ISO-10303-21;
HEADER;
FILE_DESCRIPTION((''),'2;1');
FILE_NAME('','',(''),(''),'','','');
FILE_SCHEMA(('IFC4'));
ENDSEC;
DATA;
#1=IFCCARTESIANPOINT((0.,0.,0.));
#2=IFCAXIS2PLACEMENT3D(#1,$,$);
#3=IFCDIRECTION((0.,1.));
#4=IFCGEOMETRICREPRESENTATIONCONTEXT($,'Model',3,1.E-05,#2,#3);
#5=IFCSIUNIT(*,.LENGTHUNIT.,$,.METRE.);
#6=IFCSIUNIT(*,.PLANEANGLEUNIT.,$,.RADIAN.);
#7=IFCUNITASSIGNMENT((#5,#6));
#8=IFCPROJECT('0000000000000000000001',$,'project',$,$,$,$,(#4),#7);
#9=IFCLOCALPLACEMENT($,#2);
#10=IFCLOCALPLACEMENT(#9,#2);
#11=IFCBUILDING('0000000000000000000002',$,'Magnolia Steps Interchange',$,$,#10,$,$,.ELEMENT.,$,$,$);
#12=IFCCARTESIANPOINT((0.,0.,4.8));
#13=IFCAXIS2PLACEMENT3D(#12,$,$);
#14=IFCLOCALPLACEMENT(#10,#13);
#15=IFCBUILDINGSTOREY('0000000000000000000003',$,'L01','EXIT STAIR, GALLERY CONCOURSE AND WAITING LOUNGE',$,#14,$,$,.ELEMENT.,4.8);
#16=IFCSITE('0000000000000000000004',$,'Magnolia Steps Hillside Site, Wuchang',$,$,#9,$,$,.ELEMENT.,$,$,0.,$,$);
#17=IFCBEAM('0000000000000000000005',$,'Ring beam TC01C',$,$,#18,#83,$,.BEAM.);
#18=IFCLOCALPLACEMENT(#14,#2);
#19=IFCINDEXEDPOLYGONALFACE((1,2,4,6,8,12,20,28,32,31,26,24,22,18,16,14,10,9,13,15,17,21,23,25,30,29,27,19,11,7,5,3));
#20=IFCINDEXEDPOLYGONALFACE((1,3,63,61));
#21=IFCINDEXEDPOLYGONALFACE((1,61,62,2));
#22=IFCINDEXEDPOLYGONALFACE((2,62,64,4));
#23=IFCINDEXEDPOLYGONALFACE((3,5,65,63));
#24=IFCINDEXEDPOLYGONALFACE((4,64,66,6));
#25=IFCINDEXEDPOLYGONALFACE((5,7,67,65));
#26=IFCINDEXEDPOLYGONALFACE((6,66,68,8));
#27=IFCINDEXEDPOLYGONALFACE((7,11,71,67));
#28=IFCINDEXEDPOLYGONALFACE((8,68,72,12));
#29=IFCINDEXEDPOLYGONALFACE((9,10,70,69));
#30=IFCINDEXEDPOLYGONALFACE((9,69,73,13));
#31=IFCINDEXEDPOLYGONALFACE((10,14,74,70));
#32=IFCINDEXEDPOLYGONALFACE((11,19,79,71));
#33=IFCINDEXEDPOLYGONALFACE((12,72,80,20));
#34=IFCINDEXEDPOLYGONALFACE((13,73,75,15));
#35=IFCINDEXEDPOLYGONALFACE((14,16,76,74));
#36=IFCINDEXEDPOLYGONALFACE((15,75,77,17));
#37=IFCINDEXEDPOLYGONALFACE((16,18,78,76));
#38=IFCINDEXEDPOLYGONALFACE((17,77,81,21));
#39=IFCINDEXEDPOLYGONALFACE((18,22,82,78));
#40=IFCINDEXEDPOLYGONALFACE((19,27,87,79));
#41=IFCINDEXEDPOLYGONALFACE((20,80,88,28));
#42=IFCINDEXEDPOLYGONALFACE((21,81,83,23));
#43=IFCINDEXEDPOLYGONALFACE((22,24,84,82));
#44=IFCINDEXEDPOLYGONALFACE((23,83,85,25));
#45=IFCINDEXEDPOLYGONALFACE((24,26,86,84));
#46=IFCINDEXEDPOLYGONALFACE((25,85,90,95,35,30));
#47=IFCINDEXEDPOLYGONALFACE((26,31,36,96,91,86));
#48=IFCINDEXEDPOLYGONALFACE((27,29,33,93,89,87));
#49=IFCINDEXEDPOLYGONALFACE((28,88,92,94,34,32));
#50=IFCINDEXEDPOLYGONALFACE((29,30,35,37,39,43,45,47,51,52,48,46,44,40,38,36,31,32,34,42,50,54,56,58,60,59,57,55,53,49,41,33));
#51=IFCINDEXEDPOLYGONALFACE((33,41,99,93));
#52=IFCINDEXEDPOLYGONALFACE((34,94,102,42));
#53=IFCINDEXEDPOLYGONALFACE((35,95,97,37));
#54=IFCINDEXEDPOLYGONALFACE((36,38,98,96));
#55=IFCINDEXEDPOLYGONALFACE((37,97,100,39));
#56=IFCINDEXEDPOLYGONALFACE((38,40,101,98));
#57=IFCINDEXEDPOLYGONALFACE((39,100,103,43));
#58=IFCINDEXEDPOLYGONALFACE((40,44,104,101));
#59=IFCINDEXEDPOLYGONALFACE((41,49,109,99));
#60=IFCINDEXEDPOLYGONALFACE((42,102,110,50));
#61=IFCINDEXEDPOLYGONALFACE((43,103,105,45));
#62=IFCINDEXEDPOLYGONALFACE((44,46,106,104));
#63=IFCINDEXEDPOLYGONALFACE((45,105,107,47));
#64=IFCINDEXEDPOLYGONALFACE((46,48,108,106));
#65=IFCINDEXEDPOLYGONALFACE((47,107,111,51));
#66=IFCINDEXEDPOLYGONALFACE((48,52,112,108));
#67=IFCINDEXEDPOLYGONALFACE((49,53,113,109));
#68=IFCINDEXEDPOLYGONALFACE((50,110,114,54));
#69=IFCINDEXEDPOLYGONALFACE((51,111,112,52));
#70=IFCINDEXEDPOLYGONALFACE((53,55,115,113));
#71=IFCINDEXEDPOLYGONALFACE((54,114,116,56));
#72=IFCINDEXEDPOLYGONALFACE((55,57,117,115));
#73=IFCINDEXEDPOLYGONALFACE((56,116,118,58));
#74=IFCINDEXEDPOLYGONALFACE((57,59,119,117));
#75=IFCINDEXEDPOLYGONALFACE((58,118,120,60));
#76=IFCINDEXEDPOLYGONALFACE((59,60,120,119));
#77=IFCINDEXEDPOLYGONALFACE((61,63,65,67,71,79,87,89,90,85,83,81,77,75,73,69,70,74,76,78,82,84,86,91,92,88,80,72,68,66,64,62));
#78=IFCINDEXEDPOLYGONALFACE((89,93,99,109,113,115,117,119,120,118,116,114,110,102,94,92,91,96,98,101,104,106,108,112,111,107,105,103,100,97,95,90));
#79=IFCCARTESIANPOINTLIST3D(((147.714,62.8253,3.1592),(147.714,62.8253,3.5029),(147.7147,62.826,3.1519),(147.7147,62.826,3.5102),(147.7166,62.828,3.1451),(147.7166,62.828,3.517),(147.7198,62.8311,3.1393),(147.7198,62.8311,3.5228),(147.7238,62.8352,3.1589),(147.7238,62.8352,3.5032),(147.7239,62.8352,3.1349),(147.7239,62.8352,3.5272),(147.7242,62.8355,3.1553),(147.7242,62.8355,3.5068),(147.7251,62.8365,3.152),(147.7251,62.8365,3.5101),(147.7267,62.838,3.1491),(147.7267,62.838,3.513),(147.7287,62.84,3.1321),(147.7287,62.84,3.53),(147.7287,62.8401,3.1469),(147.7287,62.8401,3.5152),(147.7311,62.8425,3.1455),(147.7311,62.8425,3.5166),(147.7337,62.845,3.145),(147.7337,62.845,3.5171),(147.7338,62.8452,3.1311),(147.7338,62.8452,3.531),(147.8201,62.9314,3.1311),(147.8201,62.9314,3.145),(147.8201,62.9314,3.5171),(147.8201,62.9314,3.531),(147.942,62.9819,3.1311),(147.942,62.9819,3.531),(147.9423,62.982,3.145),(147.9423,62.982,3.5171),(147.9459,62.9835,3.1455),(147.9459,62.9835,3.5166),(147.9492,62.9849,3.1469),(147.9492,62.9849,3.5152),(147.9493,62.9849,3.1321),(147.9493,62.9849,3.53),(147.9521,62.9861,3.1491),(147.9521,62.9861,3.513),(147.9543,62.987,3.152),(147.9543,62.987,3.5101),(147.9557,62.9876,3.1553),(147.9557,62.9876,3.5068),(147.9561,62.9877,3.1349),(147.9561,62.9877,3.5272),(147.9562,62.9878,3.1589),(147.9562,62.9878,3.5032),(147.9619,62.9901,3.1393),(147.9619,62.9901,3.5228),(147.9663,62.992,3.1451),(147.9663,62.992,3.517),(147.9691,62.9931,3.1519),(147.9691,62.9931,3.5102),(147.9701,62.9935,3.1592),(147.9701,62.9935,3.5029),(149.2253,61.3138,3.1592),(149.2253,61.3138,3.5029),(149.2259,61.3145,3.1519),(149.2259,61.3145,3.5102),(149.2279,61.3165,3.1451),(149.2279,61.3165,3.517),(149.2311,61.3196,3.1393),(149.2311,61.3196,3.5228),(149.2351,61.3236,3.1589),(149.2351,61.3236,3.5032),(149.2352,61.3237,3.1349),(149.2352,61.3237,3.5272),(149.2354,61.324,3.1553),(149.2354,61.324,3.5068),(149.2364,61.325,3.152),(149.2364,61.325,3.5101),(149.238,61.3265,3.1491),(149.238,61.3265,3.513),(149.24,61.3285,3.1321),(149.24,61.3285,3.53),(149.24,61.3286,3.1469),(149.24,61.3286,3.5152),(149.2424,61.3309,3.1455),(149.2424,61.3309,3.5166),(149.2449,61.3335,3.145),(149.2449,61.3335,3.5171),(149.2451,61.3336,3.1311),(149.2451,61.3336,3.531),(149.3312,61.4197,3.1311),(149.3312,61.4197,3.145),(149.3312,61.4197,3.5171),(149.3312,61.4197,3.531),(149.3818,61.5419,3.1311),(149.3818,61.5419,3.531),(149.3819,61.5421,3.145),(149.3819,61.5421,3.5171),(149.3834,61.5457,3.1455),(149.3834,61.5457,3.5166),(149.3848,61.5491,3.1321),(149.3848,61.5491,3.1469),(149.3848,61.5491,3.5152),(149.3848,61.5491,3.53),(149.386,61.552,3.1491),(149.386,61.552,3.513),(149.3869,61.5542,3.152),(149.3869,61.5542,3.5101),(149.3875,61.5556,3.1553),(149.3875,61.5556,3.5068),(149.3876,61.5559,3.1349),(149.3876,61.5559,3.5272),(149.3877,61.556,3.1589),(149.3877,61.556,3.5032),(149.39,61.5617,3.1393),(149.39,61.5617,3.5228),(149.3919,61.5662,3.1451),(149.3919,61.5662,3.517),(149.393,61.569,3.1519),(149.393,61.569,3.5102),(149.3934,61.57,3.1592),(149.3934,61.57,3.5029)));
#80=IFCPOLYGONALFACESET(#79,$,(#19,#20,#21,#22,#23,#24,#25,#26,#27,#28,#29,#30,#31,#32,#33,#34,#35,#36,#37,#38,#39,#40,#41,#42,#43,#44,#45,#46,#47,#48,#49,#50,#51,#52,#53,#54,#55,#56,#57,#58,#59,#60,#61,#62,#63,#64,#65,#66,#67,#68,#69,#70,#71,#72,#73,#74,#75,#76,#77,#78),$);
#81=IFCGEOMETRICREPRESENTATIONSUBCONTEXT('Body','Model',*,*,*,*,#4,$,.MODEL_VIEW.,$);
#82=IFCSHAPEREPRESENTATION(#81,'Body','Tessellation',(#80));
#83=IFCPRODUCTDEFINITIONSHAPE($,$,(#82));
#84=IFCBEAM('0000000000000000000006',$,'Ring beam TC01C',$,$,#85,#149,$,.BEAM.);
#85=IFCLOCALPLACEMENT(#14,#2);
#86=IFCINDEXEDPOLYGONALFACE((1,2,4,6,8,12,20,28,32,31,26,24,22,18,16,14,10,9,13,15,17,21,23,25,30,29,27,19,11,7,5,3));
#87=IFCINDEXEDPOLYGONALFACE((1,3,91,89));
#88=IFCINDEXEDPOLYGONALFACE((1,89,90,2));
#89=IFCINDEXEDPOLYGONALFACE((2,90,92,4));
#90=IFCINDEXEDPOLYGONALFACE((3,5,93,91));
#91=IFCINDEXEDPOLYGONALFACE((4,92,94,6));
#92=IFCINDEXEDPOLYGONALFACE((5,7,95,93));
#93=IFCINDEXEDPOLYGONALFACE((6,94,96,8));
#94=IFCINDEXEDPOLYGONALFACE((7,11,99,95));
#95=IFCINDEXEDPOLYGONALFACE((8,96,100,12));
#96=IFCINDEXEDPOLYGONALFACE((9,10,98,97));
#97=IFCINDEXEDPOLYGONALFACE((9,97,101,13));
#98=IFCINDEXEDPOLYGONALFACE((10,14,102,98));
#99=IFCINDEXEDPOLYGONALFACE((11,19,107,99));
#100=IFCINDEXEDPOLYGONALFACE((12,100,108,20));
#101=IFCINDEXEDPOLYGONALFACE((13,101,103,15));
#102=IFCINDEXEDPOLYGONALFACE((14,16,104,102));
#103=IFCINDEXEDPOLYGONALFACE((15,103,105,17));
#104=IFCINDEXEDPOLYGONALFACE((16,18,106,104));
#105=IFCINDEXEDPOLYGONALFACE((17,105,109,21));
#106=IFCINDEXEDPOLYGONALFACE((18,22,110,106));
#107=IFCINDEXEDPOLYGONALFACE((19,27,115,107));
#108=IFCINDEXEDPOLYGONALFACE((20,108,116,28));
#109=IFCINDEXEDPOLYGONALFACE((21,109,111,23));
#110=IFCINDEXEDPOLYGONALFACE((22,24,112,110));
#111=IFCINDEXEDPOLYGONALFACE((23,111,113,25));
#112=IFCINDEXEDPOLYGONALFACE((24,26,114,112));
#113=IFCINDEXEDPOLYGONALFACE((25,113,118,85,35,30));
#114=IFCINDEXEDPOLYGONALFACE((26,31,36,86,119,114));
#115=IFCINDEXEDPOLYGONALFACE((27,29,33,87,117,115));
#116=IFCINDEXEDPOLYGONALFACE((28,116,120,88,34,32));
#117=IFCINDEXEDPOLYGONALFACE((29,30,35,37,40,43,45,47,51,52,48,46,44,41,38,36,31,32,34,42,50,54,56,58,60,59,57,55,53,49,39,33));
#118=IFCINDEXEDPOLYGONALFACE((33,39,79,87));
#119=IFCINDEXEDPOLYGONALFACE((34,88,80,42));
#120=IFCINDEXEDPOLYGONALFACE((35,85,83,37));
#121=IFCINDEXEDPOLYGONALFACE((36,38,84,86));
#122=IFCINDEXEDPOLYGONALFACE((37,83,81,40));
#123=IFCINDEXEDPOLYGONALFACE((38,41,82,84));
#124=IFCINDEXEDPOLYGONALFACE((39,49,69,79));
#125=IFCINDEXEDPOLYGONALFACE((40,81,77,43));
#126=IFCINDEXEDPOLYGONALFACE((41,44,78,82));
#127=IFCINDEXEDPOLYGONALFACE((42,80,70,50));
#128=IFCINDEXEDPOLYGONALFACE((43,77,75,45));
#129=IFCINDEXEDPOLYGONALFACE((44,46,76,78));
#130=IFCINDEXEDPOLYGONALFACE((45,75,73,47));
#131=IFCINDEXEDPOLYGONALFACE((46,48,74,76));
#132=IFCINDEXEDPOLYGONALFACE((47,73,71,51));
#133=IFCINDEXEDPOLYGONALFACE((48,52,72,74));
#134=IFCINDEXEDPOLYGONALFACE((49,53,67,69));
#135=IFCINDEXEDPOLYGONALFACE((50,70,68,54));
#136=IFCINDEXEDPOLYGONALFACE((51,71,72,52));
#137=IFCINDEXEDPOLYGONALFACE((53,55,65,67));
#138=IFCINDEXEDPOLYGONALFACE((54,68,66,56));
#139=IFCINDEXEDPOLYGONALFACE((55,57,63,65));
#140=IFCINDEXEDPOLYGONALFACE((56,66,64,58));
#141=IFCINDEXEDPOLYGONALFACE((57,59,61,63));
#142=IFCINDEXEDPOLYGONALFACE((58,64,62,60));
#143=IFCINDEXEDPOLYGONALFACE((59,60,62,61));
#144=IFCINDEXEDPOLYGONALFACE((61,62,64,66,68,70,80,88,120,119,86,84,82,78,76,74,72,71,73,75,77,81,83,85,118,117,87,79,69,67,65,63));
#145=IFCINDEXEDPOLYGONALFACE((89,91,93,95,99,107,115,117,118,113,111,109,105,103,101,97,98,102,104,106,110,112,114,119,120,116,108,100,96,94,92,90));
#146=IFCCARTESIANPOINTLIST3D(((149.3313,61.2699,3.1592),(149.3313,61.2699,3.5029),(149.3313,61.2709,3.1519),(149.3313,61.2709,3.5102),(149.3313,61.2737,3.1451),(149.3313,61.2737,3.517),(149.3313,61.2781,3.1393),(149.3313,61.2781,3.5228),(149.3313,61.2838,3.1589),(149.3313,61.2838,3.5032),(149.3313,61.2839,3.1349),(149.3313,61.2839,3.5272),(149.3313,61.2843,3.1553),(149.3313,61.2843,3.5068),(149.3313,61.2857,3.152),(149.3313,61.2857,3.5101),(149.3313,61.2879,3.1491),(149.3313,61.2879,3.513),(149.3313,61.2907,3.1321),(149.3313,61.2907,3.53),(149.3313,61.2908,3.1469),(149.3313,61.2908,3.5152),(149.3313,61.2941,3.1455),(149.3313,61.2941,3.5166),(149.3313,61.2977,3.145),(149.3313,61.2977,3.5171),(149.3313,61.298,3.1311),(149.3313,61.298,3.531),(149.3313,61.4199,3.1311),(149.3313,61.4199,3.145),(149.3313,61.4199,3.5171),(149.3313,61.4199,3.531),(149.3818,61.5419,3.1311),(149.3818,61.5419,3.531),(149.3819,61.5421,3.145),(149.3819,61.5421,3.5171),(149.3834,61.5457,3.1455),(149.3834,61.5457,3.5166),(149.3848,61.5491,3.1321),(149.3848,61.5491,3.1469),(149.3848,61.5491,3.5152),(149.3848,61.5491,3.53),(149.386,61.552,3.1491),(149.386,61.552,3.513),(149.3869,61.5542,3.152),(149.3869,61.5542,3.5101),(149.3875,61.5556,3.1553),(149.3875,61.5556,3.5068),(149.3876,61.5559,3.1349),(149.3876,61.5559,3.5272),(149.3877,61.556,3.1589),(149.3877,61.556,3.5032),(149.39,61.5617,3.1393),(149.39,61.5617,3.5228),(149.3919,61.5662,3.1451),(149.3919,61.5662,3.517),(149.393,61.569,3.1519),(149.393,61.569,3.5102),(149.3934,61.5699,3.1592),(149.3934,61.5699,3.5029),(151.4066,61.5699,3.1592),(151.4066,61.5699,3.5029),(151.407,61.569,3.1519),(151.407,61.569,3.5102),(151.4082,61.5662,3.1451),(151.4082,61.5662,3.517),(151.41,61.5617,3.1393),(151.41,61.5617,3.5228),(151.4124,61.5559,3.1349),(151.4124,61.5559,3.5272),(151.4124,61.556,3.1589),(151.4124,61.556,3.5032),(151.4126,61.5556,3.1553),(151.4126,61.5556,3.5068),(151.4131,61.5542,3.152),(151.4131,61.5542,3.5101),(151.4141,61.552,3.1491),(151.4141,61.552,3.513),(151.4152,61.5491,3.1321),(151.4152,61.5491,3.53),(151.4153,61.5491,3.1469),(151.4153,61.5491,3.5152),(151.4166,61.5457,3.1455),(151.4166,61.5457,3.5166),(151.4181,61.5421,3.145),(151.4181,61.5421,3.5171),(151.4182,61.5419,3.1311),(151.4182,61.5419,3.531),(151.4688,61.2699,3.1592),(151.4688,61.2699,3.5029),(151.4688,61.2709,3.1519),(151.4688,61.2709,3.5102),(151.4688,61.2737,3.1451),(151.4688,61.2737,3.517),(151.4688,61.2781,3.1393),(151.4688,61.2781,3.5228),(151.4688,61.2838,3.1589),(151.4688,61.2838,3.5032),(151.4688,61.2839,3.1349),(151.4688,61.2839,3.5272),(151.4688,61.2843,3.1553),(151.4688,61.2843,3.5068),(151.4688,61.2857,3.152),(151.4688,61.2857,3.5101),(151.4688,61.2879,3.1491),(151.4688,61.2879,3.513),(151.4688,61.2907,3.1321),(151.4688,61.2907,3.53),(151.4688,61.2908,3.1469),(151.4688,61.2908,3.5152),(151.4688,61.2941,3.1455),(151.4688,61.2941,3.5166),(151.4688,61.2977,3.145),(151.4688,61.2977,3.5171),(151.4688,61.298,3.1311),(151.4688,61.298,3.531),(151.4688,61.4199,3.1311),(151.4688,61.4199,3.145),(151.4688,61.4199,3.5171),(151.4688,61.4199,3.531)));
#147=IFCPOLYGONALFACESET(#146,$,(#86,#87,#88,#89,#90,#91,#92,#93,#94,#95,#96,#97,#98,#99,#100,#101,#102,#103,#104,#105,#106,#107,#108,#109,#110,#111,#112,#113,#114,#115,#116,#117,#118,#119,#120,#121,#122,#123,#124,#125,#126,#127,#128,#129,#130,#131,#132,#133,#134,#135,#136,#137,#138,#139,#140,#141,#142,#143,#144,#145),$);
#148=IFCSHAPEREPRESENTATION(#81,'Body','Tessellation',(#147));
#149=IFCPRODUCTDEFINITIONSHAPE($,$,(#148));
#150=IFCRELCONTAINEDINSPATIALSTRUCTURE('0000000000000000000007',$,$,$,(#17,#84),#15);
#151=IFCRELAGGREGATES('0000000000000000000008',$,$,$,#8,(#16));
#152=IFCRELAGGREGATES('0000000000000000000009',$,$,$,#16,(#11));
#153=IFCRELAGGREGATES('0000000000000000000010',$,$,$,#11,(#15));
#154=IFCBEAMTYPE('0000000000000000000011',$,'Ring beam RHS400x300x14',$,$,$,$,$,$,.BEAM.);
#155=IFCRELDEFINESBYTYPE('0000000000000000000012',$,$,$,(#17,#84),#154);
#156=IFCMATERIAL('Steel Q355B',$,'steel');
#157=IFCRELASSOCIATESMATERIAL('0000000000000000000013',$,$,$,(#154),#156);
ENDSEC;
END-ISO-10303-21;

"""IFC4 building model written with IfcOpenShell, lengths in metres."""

from ifc_helpers import new_model, si_unit, direction, frame, origin, origin_2d, place, context, subcontext, project, spatial, hollow_rectangle, extrude, clip, halfspace, material, material_profile, profile_set, type_object, element, save


model = new_model("IFC4")

# Units and contexts
model_context = context("Model", 3, precision=1e-05, world=origin(), true_north=direction((0.0, 1.0)))
body_context = subcontext(model_context, "Body", "Model", "MODEL_VIEW")
ifc_project = project(units=[si_unit("LENGTHUNIT", "METRE"), si_unit("PLANEANGLEUNIT", "RADIAN")], contexts=[model_context])

# Site, building, storey
site_placement = place(None, origin())
site = spatial("IfcSite", under=ifc_project, at=site_placement, Name="Magnolia Steps Hillside Site, Wuchang", CompositionType="ELEMENT", RefElevation=0.0)
building_placement = place(site_placement, origin())
building = spatial("IfcBuilding", under=site, at=building_placement, Name="Magnolia Steps Interchange", CompositionType="ELEMENT")
storey_placement = place(building_placement, frame((0.0, 0.0, 4.8)))
storey = spatial("IfcBuildingStorey", under=building, at=storey_placement, Name="L01", Description="EXIT STAIR, GALLERY CONCOURSE AND WAITING LOUNGE", CompositionType="ELEMENT", Elevation=4.8)

# Beams
ifc_material_1 = material(Name="Steel Q355B", Category="steel")
ifc_material_profile_1 = material_profile(ifc_material_1, hollow_rectangle(XDim=0.3, YDim=0.3999, WallThickness=0.0139, InnerFilletRadius=0.0139, OuterFilletRadius=0.0281, at=origin_2d()), Name="RHS400x300x14")
ifc_profile_set_1 = profile_set([ifc_material_profile_1], Name="Steel Q355B")
beam_type_1 = type_object("IfcBeamType", Name="Ring beam RHS400x300x14", PredefinedType="BEAM", material=ifc_profile_set_1)
beam_1_placement = place(storey_placement, frame((147.8201, 62.9314, 3.3311), z_axis=(0.70705, -0.707164, 0.0), x_axis=(0.707164, 0.70705, 0.0)))
element("IfcBeam", 1, at=beam_1_placement, inside=storey, type_object=beam_type_1, Name="Ring beam TC01C", PredefinedType="BEAM", context=body_context, shape_type="Clipping", body=[
    clip(clip(extrude(hollow_rectangle(XDim=0.3, YDim=0.3999, WallThickness=0.0139, InnerFilletRadius=0.0139, OuterFilletRadius=0.0281, at=origin_2d()), origin(), (0.0, 0.0, 1.0), 2.1375), halfspace(frame((0.0, 0.0, 0.0), z_axis=(0.382609, 0.0, -0.92391), x_axis=(0.92391, 0.0, 0.382609)), False)), halfspace(frame((0.0, 0.0, 2.1374), z_axis=(0.382758, 0.0, 0.923849), x_axis=(0.923849, 0.0, -0.382758)), False)),
])
beam_2_placement = place(storey_placement, frame((149.3313, 61.4199, 3.3311), z_axis=(1.0, 0.0, 0.0), x_axis=(0.0, 1.0, 0.0)))
element("IfcBeam", 2, at=beam_2_placement, inside=storey, type_object=beam_type_1, Name="Ring beam TC01C", PredefinedType="BEAM", context=body_context, shape_type="Clipping", body=[
    clip(clip(extrude(hollow_rectangle(XDim=0.3, YDim=0.3999, WallThickness=0.0139, InnerFilletRadius=0.0139, OuterFilletRadius=0.0281, at=origin_2d()), origin(), (0.0, 0.0, 1.0), 2.1375), halfspace(frame((0.0, 0.0, 0.0), z_axis=(0.382683, 0.0, -0.92388), x_axis=(0.92388, 0.0, 0.382683)), False)), halfspace(frame((0.0, 0.0, 2.1375), z_axis=(0.382683, 0.0, 0.92388), x_axis=(0.92388, 0.0, -0.382683)), False)),
])

save(model, "model.ifc")
